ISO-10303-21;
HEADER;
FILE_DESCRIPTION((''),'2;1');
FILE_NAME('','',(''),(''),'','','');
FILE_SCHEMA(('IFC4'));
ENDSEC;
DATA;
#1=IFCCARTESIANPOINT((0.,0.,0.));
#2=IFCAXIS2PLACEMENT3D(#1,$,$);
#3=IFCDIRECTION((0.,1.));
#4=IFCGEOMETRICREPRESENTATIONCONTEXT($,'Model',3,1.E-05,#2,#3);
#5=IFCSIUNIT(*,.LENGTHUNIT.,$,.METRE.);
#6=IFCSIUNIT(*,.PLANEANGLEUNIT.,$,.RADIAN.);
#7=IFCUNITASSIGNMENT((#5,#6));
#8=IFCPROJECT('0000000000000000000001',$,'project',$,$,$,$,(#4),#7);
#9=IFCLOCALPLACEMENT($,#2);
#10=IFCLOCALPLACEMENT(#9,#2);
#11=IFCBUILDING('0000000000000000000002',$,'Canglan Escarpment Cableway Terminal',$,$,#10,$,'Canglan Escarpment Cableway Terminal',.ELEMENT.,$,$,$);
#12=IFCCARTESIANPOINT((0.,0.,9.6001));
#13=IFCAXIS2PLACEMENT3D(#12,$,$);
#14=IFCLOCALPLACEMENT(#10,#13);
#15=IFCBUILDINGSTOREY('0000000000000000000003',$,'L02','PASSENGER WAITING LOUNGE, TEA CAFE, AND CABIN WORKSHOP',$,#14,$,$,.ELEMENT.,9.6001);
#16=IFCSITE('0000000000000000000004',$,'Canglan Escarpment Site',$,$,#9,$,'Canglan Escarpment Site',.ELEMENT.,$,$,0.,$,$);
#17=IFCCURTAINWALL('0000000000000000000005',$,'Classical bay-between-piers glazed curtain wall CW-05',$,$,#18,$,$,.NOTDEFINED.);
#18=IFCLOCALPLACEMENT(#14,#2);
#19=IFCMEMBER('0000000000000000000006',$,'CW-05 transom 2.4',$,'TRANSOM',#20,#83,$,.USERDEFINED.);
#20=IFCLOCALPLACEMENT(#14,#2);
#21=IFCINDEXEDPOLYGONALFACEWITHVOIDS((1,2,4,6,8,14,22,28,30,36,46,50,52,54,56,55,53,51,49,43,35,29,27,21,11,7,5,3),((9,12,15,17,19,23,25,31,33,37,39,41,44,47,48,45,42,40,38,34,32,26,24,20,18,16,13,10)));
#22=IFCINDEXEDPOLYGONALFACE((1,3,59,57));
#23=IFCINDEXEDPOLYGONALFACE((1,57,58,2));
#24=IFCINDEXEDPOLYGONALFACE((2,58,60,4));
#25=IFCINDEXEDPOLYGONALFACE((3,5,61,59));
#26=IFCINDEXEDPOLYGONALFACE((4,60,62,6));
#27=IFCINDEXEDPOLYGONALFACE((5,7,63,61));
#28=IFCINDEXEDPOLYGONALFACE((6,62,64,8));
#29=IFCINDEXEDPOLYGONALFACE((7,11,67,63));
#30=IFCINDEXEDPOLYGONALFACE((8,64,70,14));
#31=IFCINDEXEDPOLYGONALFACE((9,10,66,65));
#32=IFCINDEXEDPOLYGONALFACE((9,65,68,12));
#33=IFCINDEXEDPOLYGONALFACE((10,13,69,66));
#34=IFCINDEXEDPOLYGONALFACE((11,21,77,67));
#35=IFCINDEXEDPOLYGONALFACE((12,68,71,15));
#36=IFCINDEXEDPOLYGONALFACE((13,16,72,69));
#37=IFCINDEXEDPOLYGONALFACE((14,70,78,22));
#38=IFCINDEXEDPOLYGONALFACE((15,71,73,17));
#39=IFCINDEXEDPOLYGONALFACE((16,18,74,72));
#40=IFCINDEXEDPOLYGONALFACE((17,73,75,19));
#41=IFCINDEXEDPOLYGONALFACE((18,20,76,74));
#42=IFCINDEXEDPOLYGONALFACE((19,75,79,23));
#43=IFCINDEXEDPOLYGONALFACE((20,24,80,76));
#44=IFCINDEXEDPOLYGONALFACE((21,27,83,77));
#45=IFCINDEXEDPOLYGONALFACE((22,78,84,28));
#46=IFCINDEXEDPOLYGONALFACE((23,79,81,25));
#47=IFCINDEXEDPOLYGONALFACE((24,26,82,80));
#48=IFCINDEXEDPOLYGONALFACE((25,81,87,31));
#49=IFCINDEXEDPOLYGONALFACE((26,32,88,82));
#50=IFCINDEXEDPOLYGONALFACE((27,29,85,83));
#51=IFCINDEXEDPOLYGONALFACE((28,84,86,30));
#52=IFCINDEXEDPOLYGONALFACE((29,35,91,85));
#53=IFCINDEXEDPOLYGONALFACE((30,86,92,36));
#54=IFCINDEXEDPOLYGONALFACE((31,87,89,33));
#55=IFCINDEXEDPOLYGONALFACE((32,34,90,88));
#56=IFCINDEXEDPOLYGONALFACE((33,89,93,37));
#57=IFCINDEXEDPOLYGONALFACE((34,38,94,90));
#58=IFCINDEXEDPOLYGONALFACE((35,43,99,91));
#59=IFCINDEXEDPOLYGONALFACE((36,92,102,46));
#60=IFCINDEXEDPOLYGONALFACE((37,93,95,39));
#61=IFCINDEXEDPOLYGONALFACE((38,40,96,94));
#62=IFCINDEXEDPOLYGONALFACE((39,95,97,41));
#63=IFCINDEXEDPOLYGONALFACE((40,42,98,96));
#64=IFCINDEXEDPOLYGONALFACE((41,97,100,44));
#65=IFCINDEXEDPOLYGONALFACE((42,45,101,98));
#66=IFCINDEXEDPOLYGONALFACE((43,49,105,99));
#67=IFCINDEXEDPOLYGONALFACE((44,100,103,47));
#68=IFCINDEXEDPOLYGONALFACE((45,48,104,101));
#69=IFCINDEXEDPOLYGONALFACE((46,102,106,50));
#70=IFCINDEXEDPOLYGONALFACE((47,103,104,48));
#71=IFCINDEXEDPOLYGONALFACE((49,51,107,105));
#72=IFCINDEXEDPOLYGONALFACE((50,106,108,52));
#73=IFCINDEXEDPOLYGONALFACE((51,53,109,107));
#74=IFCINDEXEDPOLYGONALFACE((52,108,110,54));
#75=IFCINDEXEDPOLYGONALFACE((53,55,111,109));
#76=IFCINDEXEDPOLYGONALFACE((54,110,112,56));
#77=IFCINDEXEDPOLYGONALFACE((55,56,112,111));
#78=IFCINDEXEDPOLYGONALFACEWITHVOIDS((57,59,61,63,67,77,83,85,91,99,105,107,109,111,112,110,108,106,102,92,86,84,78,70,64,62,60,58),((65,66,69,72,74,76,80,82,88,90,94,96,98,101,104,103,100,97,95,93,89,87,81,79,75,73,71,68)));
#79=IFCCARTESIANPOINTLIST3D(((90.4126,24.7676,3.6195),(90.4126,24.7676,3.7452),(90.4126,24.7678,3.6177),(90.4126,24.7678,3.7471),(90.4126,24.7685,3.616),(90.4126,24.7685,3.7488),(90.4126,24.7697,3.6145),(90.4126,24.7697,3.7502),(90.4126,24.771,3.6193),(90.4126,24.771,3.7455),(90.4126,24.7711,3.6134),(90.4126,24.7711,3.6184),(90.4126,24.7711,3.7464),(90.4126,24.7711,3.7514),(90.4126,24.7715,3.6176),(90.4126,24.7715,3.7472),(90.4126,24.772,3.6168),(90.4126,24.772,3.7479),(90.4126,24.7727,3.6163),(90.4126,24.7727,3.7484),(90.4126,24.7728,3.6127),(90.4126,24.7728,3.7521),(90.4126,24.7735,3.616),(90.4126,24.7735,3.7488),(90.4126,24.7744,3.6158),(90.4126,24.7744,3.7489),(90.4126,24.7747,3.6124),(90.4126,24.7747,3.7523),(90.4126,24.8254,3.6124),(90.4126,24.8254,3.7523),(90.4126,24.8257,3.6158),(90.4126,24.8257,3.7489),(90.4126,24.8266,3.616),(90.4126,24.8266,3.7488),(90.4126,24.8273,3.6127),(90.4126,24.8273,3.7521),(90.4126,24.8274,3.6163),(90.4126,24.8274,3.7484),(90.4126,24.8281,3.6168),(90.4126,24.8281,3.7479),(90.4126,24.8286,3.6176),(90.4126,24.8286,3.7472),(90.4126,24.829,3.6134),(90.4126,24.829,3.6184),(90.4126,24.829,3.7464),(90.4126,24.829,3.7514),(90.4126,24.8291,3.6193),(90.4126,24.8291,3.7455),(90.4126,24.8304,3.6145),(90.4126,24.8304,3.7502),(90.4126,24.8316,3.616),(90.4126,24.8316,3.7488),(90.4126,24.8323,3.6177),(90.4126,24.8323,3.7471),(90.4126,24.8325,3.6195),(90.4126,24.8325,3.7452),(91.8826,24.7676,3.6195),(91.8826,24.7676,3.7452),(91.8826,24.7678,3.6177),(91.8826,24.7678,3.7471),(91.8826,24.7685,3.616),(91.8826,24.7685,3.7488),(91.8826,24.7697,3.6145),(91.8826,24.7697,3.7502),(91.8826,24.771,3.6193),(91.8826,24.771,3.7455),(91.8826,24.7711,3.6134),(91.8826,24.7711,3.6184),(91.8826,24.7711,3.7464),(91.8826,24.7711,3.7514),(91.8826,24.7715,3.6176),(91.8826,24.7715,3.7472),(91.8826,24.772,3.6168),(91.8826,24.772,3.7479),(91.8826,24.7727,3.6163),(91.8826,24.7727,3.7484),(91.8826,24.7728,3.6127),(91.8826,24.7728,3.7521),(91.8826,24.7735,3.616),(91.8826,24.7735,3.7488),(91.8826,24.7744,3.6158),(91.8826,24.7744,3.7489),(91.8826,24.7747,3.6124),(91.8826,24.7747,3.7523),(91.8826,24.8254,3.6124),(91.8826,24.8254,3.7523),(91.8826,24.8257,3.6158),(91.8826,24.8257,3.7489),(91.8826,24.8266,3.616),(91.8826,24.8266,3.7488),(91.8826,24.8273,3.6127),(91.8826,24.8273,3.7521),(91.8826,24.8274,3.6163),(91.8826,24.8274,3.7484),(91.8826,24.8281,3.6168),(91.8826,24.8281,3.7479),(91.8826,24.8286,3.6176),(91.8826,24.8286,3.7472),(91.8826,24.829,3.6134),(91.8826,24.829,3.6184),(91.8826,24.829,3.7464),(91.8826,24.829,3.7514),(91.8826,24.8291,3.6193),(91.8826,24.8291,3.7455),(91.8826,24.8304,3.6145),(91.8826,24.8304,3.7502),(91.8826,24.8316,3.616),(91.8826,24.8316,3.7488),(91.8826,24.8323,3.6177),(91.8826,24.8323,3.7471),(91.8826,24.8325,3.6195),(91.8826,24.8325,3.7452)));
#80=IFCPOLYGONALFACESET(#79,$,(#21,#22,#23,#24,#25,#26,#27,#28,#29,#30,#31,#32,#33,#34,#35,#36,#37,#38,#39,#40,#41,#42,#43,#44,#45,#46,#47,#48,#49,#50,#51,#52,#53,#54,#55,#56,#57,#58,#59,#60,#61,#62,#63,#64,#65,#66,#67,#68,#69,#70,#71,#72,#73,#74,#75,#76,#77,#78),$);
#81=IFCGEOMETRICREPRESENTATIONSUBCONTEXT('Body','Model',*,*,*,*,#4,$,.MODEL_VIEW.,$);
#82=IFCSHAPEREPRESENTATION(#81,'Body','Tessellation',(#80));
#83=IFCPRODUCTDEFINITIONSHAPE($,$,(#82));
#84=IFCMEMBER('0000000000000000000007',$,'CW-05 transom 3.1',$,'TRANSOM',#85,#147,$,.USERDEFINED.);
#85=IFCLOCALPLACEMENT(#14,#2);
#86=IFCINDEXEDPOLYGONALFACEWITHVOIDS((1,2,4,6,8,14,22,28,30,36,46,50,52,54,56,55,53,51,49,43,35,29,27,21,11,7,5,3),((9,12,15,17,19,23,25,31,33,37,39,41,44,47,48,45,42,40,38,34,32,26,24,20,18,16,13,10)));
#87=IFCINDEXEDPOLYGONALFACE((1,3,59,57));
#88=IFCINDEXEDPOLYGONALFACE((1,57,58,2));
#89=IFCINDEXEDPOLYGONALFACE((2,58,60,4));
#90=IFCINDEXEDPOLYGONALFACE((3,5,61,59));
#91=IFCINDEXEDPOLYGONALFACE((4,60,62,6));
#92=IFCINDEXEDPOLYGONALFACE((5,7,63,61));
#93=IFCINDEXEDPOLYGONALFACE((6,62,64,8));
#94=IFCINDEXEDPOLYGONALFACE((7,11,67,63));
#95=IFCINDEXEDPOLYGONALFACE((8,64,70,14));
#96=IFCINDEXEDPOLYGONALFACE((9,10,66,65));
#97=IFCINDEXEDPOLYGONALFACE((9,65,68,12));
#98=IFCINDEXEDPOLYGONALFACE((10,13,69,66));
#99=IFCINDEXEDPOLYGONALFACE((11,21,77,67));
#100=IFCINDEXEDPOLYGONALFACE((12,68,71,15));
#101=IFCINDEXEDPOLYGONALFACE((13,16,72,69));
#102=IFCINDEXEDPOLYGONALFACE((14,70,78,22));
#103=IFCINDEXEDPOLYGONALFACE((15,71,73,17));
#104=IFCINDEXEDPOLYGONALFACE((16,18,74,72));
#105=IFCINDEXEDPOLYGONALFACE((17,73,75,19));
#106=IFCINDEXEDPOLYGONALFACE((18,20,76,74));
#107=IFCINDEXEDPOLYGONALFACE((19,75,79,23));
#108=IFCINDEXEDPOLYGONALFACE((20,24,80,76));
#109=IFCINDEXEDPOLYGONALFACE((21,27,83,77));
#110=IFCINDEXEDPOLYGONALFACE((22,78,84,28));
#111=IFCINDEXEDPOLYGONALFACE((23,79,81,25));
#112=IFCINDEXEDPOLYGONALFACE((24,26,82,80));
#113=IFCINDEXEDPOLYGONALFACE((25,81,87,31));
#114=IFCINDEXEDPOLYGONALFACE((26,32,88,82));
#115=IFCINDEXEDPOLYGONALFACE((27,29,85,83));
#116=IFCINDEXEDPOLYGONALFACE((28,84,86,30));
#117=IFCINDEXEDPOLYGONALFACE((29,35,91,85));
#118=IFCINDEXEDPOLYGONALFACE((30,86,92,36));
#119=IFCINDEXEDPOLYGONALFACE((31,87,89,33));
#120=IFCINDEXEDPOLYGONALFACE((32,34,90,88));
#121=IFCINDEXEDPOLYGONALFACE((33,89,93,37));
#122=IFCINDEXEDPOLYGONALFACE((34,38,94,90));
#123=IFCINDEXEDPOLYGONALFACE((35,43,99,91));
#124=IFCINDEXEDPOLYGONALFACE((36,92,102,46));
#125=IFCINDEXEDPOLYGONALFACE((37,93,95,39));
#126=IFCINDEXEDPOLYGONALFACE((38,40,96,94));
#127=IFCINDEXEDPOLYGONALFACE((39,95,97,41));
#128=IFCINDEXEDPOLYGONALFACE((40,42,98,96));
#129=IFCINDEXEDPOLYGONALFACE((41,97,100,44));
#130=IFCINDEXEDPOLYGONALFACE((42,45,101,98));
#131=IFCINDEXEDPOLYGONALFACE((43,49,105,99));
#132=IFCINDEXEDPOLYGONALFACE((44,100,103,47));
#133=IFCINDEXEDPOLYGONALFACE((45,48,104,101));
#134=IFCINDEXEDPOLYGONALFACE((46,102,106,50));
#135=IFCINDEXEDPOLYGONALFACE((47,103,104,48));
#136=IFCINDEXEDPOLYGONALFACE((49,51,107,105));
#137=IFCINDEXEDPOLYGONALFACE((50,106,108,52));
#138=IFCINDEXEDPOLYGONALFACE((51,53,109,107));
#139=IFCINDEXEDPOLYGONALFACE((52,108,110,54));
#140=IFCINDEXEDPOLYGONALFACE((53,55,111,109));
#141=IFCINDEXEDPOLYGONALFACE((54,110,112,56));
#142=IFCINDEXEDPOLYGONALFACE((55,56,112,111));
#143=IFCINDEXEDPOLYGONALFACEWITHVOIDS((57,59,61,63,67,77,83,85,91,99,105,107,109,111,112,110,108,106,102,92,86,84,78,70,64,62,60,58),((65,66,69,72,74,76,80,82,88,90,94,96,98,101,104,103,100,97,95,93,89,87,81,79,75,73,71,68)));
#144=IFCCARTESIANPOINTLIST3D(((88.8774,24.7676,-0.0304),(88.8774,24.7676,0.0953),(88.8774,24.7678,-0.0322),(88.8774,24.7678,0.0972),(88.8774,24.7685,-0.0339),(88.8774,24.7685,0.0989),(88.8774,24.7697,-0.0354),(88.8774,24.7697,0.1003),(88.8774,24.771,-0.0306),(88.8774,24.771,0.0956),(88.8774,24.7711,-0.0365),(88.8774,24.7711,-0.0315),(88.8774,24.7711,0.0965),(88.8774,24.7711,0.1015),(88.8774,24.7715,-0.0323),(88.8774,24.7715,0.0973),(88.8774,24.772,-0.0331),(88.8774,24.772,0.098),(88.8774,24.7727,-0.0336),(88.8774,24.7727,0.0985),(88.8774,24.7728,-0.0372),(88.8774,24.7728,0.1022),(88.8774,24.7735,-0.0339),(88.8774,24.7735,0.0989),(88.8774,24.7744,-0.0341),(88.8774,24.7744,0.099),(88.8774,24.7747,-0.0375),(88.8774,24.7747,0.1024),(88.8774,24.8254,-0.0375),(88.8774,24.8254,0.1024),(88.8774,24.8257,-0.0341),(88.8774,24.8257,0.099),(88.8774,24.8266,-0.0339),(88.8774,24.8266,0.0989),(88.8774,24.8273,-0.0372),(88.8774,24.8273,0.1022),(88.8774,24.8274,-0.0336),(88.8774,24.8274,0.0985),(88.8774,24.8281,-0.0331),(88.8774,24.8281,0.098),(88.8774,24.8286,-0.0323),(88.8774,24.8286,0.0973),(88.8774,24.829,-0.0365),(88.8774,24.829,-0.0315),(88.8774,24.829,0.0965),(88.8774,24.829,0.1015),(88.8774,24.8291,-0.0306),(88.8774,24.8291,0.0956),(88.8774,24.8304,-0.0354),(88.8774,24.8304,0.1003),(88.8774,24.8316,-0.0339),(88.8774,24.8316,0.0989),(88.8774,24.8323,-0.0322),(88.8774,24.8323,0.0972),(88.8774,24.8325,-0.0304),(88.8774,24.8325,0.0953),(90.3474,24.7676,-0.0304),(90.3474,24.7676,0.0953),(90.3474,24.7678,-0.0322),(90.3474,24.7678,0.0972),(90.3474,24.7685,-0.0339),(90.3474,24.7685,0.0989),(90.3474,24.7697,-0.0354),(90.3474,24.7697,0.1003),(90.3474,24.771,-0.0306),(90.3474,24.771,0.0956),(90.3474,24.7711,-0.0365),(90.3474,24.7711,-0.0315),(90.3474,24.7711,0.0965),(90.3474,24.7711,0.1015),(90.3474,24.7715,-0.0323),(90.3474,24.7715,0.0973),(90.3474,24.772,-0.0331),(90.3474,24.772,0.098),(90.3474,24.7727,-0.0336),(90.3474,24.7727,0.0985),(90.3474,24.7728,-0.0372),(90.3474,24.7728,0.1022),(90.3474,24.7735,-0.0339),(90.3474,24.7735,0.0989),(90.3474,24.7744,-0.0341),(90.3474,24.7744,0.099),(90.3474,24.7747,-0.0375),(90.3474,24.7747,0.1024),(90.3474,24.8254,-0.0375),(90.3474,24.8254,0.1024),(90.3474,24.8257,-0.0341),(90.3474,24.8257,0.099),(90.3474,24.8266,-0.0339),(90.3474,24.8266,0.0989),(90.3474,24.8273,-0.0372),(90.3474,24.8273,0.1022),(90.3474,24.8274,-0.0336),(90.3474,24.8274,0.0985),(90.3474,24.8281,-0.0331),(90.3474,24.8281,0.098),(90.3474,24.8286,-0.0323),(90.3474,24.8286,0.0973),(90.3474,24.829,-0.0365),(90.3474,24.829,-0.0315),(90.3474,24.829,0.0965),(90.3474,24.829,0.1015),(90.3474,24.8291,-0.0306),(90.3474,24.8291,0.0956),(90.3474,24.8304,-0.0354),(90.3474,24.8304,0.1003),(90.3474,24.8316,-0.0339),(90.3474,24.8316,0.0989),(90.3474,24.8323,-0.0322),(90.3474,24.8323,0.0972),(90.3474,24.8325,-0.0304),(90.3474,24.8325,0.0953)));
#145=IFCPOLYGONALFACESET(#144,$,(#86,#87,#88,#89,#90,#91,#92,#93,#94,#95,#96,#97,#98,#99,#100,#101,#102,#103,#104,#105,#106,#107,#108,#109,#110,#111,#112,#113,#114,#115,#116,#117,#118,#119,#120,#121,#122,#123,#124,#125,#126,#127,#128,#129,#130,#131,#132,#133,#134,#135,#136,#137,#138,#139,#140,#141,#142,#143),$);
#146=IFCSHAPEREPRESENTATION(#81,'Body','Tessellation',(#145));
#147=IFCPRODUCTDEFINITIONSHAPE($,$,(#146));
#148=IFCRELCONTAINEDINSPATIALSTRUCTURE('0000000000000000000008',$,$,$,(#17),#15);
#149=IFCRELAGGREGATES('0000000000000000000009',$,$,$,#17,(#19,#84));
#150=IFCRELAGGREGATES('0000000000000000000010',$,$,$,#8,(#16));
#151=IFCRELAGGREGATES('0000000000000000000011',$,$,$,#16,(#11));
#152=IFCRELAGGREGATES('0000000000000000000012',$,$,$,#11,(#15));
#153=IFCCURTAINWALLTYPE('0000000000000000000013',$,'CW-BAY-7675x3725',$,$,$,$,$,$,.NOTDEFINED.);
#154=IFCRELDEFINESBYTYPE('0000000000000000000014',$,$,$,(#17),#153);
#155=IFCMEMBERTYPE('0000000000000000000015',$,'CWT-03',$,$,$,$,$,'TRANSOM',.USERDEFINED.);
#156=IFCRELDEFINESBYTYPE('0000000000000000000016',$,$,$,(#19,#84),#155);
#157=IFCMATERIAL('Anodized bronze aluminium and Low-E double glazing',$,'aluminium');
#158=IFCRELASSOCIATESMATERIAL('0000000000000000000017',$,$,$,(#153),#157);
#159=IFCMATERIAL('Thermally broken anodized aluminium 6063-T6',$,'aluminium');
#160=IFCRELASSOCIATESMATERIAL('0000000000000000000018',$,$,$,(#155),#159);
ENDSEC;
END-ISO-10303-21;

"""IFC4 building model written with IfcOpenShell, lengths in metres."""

from ifc_helpers import new_model, si_unit, direction, frame, origin, origin_2d, place, context, subcontext, project, spatial, hollow_rectangle, extrude, material, material_profile, profile_set, type_object, element, aggregate, save


model = new_model("IFC4")

# Units and contexts
model_context = context("Model", 3, precision=1e-05, world=origin(), true_north=direction((0.0, 1.0)))
body_context = subcontext(model_context, "Body", "Model", "MODEL_VIEW")
ifc_project = project(units=[si_unit("LENGTHUNIT", "METRE"), si_unit("PLANEANGLEUNIT", "RADIAN")], contexts=[model_context])

# Site, building, storey
site_placement = place(None, origin())
site = spatial("IfcSite", under=ifc_project, at=site_placement, Name="Canglan Escarpment Site", LongName="Canglan Escarpment Site", CompositionType="ELEMENT", RefElevation=0.0)
building_placement = place(site_placement, origin())
building = spatial("IfcBuilding", under=site, at=building_placement, Name="Canglan Escarpment Cableway Terminal", LongName="Canglan Escarpment Cableway Terminal", CompositionType="ELEMENT")
storey_placement = place(building_placement, frame((0.0, 0.0, 9.6001)))
storey = spatial("IfcBuildingStorey", under=building, at=storey_placement, Name="L02", Description="PASSENGER WAITING LOUNGE, TEA CAFE, AND CABIN WORKSHOP", CompositionType="ELEMENT", Elevation=9.6001)

# Curtain wall, members
ifc_material_1 = material(Name="Anodized bronze aluminium and Low-E double glazing", Category="aluminium")
curtain_wall_type = type_object("IfcCurtainWallType", Name="CW-BAY-7675x3725", PredefinedType="NOTDEFINED", material=ifc_material_1)
curtain_wall_placement = place(storey_placement, origin())
curtain_wall = element("IfcCurtainWall", 1, at=curtain_wall_placement, inside=storey, type_object=curtain_wall_type, Name="Classical bay-between-piers glazed curtain wall CW-05", PredefinedType="NOTDEFINED")
ifc_material_2 = material(Name="Thermally broken anodized aluminium 6063-T6", Category="aluminium")
ifc_material_profile_1 = material_profile(ifc_material_2, hollow_rectangle(XDim=0.0649, YDim=0.1399, WallThickness=0.0034, InnerFilletRadius=0.0034, OuterFilletRadius=0.0071, at=origin_2d()), Name="ALU-TRAN 65x140x3.5")
ifc_profile_set_1 = profile_set([ifc_material_profile_1], Name="Thermally broken anodized aluminium 6063-T6")
member_type_1 = type_object("IfcMemberType", Name="CWT-03", ElementType="TRANSOM", PredefinedType="USERDEFINED", material=ifc_profile_set_1)
member_1_placement = place(storey_placement, frame((91.8826, 24.8, 3.6824), z_axis=(-1.0, 0.0, 0.0), x_axis=(0.0, -1.0, 0.0)))
member_1 = element("IfcMember", 2, at=member_1_placement, type_object=member_type_1, Name="CW-05 transom 2.4", ObjectType="TRANSOM", PredefinedType="USERDEFINED", context=body_context, shape_type="SweptSolid", body=[
    extrude(hollow_rectangle(XDim=0.0649, YDim=0.1399, WallThickness=0.0034, InnerFilletRadius=0.0034, OuterFilletRadius=0.0071, at=origin_2d()), origin(), (0.0, 0.0, 1.0), 1.47),
])
member_2_placement = place(storey_placement, frame((90.3474, 24.8, 0.0325), z_axis=(-1.0, 0.0, 0.0), x_axis=(0.0, -1.0, 0.0)))
member_2 = element("IfcMember", 3, at=member_2_placement, type_object=member_type_1, Name="CW-05 transom 3.1", ObjectType="TRANSOM", PredefinedType="USERDEFINED", context=body_context, shape_type="SweptSolid", body=[
    extrude(hollow_rectangle(XDim=0.0649, YDim=0.1399, WallThickness=0.0034, InnerFilletRadius=0.0034, OuterFilletRadius=0.0071, at=origin_2d()), origin(), (0.0, 0.0, 1.0), 1.47),
])
aggregate(curtain_wall, [member_1, member_2])

save(model, "model.ifc")
